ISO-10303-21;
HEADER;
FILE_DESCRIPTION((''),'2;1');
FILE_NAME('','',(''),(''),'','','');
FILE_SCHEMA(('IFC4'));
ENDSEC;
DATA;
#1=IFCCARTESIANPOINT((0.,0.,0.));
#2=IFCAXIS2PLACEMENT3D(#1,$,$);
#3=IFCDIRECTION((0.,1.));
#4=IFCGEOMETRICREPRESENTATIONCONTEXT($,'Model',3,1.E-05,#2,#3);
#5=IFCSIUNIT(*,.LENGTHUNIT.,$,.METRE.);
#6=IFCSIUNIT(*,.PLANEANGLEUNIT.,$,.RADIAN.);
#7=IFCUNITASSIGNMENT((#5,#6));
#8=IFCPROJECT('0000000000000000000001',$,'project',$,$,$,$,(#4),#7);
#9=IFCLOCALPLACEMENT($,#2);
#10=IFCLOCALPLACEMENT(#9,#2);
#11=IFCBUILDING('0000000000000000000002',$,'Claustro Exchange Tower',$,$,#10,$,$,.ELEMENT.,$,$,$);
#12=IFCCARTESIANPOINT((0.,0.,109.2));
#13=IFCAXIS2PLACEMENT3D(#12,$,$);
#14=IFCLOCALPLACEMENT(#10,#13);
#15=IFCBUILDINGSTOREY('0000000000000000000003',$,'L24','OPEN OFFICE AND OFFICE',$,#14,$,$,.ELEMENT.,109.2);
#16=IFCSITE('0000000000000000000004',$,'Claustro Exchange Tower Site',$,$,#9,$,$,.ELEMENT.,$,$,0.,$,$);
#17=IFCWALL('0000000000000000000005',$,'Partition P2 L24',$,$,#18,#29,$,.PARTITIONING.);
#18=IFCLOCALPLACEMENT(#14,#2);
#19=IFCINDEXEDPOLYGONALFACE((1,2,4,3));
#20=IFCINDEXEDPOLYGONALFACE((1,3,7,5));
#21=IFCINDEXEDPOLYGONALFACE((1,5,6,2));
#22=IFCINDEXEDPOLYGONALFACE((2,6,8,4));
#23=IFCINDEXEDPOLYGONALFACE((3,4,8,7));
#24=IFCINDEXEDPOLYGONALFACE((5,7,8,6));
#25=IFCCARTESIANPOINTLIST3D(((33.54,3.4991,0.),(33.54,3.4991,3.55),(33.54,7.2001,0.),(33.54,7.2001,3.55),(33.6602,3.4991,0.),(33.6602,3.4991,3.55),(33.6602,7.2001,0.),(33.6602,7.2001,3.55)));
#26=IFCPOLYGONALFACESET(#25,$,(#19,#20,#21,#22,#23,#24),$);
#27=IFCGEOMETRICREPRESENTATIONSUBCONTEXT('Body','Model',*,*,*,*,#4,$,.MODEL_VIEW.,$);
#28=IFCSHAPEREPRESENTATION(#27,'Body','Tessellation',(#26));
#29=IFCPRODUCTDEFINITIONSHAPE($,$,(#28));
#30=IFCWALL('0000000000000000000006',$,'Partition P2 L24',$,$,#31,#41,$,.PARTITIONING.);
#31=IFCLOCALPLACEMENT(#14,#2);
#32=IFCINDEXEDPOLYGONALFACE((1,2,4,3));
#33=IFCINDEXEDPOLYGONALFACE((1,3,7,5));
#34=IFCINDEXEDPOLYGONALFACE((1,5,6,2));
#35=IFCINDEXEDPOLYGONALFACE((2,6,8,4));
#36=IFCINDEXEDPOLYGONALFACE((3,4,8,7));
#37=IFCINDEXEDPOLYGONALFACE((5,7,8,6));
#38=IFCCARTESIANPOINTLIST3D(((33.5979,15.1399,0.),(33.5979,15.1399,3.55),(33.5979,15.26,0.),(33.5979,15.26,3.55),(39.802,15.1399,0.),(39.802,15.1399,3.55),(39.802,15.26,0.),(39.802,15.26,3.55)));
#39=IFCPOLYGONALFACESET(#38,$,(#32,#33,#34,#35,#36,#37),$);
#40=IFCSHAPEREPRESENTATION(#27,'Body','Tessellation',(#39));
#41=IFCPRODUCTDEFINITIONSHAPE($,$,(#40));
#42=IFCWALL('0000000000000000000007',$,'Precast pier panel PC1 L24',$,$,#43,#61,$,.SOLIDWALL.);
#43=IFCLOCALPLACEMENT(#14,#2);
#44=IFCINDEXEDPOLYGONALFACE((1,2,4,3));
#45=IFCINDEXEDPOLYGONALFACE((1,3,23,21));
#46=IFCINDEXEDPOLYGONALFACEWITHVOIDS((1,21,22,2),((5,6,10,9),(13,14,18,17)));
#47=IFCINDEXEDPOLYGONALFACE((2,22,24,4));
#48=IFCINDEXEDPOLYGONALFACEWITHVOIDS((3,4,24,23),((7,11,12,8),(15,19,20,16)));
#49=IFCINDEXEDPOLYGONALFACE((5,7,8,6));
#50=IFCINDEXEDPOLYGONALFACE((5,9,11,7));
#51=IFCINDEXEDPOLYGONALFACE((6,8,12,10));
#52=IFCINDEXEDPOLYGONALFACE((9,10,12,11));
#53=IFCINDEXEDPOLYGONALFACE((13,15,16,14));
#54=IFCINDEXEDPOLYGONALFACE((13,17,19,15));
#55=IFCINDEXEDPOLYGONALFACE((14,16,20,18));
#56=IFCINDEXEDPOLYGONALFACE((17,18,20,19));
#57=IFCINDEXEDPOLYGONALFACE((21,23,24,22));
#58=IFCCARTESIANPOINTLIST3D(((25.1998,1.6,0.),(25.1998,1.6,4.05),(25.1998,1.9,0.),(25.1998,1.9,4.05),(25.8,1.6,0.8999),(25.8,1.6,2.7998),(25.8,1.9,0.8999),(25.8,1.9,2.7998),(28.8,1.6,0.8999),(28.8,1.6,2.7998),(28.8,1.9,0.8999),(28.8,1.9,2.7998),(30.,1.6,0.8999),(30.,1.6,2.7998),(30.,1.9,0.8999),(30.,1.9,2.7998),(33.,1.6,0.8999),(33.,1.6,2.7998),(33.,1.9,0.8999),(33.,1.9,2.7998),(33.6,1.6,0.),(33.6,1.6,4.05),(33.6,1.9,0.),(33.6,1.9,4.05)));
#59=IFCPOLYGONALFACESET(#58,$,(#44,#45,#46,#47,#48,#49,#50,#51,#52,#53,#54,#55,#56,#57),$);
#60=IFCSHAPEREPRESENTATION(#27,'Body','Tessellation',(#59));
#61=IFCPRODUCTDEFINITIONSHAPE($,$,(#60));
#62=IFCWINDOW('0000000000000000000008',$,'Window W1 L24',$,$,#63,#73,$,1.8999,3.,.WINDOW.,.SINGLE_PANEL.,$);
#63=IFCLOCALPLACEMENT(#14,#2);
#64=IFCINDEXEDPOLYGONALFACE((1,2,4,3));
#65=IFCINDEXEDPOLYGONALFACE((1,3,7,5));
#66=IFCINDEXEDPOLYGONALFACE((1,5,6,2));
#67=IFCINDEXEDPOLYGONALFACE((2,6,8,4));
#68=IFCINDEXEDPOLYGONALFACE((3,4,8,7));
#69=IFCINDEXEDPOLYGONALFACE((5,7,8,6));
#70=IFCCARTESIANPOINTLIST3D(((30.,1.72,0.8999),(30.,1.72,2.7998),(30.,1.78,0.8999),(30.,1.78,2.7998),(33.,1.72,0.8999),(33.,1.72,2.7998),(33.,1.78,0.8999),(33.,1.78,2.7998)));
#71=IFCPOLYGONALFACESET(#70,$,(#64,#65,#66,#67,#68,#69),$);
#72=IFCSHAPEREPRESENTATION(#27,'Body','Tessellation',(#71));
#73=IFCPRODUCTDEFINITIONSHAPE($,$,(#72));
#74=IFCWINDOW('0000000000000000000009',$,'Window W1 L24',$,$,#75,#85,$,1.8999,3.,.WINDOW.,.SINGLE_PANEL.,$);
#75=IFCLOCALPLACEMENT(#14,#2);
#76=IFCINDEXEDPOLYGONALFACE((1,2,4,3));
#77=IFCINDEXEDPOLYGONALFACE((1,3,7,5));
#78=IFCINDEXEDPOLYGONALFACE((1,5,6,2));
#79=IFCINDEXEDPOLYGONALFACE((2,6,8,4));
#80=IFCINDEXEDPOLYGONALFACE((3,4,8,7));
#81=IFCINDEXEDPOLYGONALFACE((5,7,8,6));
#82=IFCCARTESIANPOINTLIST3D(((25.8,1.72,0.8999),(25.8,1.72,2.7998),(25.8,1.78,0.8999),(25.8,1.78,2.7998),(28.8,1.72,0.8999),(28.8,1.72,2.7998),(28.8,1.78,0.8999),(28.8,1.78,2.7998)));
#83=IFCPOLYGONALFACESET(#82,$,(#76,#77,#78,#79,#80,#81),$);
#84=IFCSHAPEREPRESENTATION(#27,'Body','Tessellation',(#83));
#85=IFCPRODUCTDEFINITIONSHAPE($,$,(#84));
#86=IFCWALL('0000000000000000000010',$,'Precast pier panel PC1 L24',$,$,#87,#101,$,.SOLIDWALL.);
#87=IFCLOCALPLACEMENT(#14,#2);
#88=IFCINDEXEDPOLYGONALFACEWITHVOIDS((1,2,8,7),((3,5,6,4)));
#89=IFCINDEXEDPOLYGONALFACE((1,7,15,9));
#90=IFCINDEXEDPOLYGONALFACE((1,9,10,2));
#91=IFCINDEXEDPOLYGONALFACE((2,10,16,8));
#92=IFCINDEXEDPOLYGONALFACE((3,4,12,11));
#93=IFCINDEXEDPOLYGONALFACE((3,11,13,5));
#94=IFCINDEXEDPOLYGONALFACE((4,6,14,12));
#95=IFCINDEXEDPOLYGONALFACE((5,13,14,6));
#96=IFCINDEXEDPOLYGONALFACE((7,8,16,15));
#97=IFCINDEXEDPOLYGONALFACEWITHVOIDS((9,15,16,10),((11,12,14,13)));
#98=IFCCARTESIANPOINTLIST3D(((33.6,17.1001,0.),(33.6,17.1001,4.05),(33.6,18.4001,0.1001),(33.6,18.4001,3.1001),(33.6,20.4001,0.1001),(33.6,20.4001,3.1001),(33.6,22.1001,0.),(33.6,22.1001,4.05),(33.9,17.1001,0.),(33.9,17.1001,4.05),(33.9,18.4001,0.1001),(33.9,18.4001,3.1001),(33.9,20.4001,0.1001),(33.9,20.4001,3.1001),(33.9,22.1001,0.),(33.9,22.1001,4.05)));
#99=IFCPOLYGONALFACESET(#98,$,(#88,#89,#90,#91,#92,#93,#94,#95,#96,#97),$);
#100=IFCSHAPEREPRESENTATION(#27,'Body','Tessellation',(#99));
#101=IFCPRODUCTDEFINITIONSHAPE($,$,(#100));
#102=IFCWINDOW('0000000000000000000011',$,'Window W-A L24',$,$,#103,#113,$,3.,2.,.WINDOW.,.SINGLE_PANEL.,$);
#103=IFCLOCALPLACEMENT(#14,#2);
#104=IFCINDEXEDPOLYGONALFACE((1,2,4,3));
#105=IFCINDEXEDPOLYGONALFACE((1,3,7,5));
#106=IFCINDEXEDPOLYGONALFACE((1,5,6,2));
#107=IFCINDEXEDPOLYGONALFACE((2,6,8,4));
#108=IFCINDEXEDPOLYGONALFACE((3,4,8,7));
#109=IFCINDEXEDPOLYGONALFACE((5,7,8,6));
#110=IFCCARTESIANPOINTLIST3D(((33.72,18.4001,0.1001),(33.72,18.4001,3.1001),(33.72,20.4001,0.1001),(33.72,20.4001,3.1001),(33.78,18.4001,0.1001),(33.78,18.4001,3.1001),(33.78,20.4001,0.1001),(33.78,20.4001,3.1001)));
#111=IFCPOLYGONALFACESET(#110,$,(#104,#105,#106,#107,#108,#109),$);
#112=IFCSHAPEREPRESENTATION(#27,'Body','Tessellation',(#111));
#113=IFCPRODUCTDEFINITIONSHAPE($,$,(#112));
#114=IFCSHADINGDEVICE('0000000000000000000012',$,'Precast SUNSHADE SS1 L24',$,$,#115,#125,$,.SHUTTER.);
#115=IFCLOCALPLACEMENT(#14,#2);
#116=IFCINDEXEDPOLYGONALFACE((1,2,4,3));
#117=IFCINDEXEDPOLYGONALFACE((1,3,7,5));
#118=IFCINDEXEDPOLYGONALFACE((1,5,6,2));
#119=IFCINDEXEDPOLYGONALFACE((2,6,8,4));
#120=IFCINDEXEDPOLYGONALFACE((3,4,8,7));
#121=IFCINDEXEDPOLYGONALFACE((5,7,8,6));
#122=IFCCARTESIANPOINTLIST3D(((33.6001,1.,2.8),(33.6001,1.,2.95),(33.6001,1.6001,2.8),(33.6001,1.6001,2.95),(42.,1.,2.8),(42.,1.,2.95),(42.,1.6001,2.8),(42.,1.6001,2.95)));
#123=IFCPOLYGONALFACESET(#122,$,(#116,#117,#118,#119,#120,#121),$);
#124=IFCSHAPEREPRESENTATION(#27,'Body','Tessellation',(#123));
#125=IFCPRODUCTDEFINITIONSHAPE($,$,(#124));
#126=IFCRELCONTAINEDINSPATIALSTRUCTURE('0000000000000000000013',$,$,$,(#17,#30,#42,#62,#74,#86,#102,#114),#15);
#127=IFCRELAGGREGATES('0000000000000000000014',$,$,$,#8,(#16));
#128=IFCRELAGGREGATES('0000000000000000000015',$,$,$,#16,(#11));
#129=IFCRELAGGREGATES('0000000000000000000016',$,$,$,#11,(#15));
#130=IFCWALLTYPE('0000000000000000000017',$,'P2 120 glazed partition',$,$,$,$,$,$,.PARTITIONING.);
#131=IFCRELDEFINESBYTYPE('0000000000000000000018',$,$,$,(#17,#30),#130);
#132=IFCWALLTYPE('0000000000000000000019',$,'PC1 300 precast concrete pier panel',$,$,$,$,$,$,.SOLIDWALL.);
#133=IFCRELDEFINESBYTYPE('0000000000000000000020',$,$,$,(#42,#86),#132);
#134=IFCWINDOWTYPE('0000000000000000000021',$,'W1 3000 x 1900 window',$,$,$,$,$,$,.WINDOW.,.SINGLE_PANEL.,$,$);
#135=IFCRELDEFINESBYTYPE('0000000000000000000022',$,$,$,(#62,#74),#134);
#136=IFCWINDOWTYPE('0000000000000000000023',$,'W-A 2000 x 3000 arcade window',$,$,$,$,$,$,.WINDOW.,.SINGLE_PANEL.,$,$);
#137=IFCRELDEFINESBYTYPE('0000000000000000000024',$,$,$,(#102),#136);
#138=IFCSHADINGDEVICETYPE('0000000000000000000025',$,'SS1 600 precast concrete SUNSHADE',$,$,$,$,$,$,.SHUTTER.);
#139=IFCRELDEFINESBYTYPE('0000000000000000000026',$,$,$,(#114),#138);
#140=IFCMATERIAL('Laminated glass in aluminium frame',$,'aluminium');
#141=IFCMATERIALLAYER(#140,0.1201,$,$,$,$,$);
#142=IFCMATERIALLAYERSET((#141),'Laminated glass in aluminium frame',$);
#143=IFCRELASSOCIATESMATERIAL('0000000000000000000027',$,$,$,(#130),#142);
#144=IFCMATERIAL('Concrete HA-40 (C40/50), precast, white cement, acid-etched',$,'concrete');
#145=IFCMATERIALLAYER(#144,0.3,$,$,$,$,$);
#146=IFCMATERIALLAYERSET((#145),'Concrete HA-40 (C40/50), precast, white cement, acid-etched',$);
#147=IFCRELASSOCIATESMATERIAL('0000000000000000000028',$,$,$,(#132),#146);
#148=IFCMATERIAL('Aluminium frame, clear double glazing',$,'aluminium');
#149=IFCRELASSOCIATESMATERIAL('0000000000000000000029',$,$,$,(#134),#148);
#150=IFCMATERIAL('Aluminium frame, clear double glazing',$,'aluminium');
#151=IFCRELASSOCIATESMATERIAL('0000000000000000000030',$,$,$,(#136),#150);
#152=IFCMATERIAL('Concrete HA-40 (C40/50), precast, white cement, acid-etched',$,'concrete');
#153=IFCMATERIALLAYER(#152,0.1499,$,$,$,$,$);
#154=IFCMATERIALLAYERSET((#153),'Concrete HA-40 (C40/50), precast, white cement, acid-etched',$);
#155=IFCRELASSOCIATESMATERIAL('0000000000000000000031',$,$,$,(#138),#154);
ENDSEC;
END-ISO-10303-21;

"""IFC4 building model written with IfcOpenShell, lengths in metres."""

from ifc_helpers import new_model, si_unit, direction, frame, frame_2d, origin, origin_2d, place, context, subcontext, project, spatial, rectangle, extrude, material, layer, layer_set, type_object, element, fill, save


model = new_model("IFC4")

# Units and contexts
model_context = context("Model", 3, precision=1e-05, world=origin(), true_north=direction((0.0, 1.0)))
body_context = subcontext(model_context, "Body", "Model", "MODEL_VIEW")
ifc_project = project(units=[si_unit("LENGTHUNIT", "METRE"), si_unit("PLANEANGLEUNIT", "RADIAN")], contexts=[model_context])

# Site, building, storey
site_placement = place(None, origin())
site = spatial("IfcSite", under=ifc_project, at=site_placement, Name="Claustro Exchange Tower Site", CompositionType="ELEMENT", RefElevation=0.0)
building_placement = place(site_placement, origin())
building = spatial("IfcBuilding", under=site, at=building_placement, Name="Claustro Exchange Tower", CompositionType="ELEMENT")
storey_placement = place(building_placement, frame((0.0, 0.0, 109.2)))
storey = spatial("IfcBuildingStorey", under=building, at=storey_placement, Name="L24", Description="OPEN OFFICE AND OFFICE", CompositionType="ELEMENT", Elevation=109.2)

# Shared definitions
ifc_material_1 = material(Name="Laminated glass in aluminium frame", Category="aluminium")
ifc_layer_1 = layer(ifc_material_1, 0.1201)
ifc_layer_set_1 = layer_set([ifc_layer_1], Name="Laminated glass in aluminium frame")
wall_type_1 = type_object("IfcWallType", Name="P2 120 glazed partition", PredefinedType="PARTITIONING", material=ifc_layer_set_1)

# Walls
wall_1_placement = place(storey_placement, frame((33.6001, 3.499, 0.0), z_axis=(0.0, 0.0, 1.0), x_axis=(0.0, 1.0, 0.0)))
element("IfcWall", 1, at=wall_1_placement, inside=storey, type_object=wall_type_1, Name="Partition P2 L24", PredefinedType="PARTITIONING", context=body_context, shape_type="SweptSolid", body=[
    extrude(rectangle(XDim=3.7009, YDim=0.1201, at=frame_2d((1.8506, 0.0))), origin(), (0.0, 0.0, 1.0), 3.55),
])
wall_2_placement = place(storey_placement, frame((33.5979, 15.2, 0.0), z_axis=(0.0, 0.0, 1.0), x_axis=(1.0, 0.0, 0.0)))
element("IfcWall", 2, at=wall_2_placement, inside=storey, type_object=wall_type_1, Name="Partition P2 L24", PredefinedType="PARTITIONING", context=body_context, shape_type="SweptSolid", body=[
    extrude(rectangle(XDim=6.2041, YDim=0.1201, at=frame_2d((3.1021, 0.0))), origin(), (0.0, 0.0, 1.0), 3.55),
])

# Wall, openings, windows
ifc_material_2 = material(Name="Concrete HA-40 (C40/50), precast, white cement, acid-etched", Category="concrete")
ifc_layer_2 = layer(ifc_material_2, 0.3)
ifc_layer_set_2 = layer_set([ifc_layer_2], Name="Concrete HA-40 (C40/50), precast, white cement, acid-etched")
wall_type_2 = type_object("IfcWallType", Name="PC1 300 precast concrete pier panel", PredefinedType="SOLIDWALL", material=ifc_layer_set_2)
wall_3_placement = place(storey_placement, frame((33.6001, 1.75, 0.0), z_axis=(0.0, 0.0, 1.0), x_axis=(-1.0, 0.0, 0.0)))
wall_3 = element("IfcWall", 3, at=wall_3_placement, inside=storey, type_object=wall_type_2, Name="Precast pier panel PC1 L24", PredefinedType="SOLIDWALL", context=body_context, shape_type="SweptSolid", body=[
    extrude(rectangle(XDim=8.4001, YDim=0.3, at=frame_2d((4.2002, 0.0))), origin(), (0.0, 0.0, 1.0), 4.05),
])
opening_1_placement = place(wall_3_placement, frame((0.6001, 0.0, 0.8999)))
opening_1 = element("IfcOpeningElement", 4, at=opening_1_placement, cuts=wall_3, PredefinedType="OPENING", context=body_context, shape_type="SweptSolid", body=[
    extrude(rectangle(XDim=3.0, YDim=1.8999, at=frame_2d((1.5, 0.95))), frame((0.0, 0.1599, 0.0), z_axis=(0.0, -1.0, 0.0), x_axis=(1.0, 0.0, 0.0)), (0.0, 0.0, 1.0), 0.3201),
])
opening_2_placement = place(wall_3_placement, frame((4.8, 0.0, 0.8999)))
opening_2 = element("IfcOpeningElement", 5, at=opening_2_placement, cuts=wall_3, PredefinedType="OPENING", context=body_context, shape_type="SweptSolid", body=[
    extrude(rectangle(XDim=3.0, YDim=1.8999, at=frame_2d((1.5, 0.95))), frame((0.0, 0.1599, 0.0), z_axis=(0.0, -1.0, 0.0), x_axis=(1.0, 0.0, 0.0)), (0.0, 0.0, 1.0), 0.3201),
])
ifc_material_3 = material(Name="Aluminium frame, clear double glazing", Category="aluminium")
window_type_1 = type_object("IfcWindowType", Name="W1 3000 x 1900 window", PartitioningType="SINGLE_PANEL", PredefinedType="WINDOW", material=ifc_material_3)
window_1_placement = place(opening_1_placement, origin())
window_1 = element("IfcWindow", 6, at=window_1_placement, inside=storey, type_object=window_type_1, Name="Window W1 L24", OverallHeight=1.8999, OverallWidth=3.0, PartitioningType="SINGLE_PANEL", PredefinedType="WINDOW", context=body_context, shape_type="SweptSolid", body=[
    extrude(rectangle(XDim=3.0, YDim=1.8999, at=frame_2d((1.5, 0.95))), frame((0.0, 0.03, 0.0), z_axis=(0.0, -1.0, 0.0), x_axis=(1.0, 0.0, 0.0)), (0.0, 0.0, 1.0), 0.0601),
])
fill(opening_1, window_1)
window_2_placement = place(opening_2_placement, origin())
window_2 = element("IfcWindow", 7, at=window_2_placement, inside=storey, type_object=window_type_1, Name="Window W1 L24", OverallHeight=1.8999, OverallWidth=3.0, PartitioningType="SINGLE_PANEL", PredefinedType="WINDOW", context=body_context, shape_type="SweptSolid", body=[
    extrude(rectangle(XDim=3.0, YDim=1.8999, at=frame_2d((1.5, 0.95))), frame((0.0, 0.03, 0.0), z_axis=(0.0, -1.0, 0.0), x_axis=(1.0, 0.0, 0.0)), (0.0, 0.0, 1.0), 0.0601),
])
fill(opening_2, window_2)

# Wall, opening, window
wall_4_placement = place(storey_placement, frame((33.75, 17.1001, 0.0), z_axis=(0.0, 0.0, 1.0), x_axis=(0.0, 1.0, 0.0)))
wall_4 = element("IfcWall", 8, at=wall_4_placement, inside=storey, type_object=wall_type_2, Name="Precast pier panel PC1 L24", PredefinedType="SOLIDWALL", context=body_context, shape_type="SweptSolid", body=[
    extrude(rectangle(XDim=5.0, YDim=0.3, at=frame_2d((2.5, 0.0))), origin(), (0.0, 0.0, 1.0), 4.05),
])
opening_3_placement = place(wall_4_placement, frame((1.3, 0.0, 0.1001)))
opening_3 = element("IfcOpeningElement", 9, at=opening_3_placement, cuts=wall_4, PredefinedType="OPENING", context=body_context, shape_type="SweptSolid", body=[
    extrude(rectangle(XDim=2.0, YDim=3.0, at=frame_2d((1.0, 1.5))), frame((0.0, 0.1599, 0.0), z_axis=(0.0, -1.0, 0.0), x_axis=(1.0, 0.0, 0.0)), (0.0, 0.0, 1.0), 0.3201),
])
ifc_material_4 = material(Name="Aluminium frame, clear double glazing", Category="aluminium")
window_type_2 = type_object("IfcWindowType", Name="W-A 2000 x 3000 arcade window", PartitioningType="SINGLE_PANEL", PredefinedType="WINDOW", material=ifc_material_4)
window_3_placement = place(opening_3_placement, origin())
window_3 = element("IfcWindow", 10, at=window_3_placement, inside=storey, type_object=window_type_2, Name="Window W-A L24", OverallHeight=3.0, OverallWidth=2.0, PartitioningType="SINGLE_PANEL", PredefinedType="WINDOW", context=body_context, shape_type="SweptSolid", body=[
    extrude(rectangle(XDim=2.0, YDim=3.0, at=frame_2d((1.0, 1.5))), frame((0.0, 0.03, 0.0), z_axis=(0.0, -1.0, 0.0), x_axis=(1.0, 0.0, 0.0)), (0.0, 0.0, 1.0), 0.0601),
])
fill(opening_3, window_3)

# Shading device
ifc_material_5 = material(Name="Concrete HA-40 (C40/50), precast, white cement, acid-etched", Category="concrete")
ifc_layer_3 = layer(ifc_material_5, 0.1499)
ifc_layer_set_3 = layer_set([ifc_layer_3], Name="Concrete HA-40 (C40/50), precast, white cement, acid-etched")
shading_device_type = type_object("IfcShadingDeviceType", Name="SS1 600 precast concrete SUNSHADE", PredefinedType="SHUTTER", material=ifc_layer_set_3)
shading_device_placement = place(storey_placement, frame((37.8, 1.3, 2.8), z_axis=(0.0, 0.0, 1.0), x_axis=(-1.0, 0.0, 0.0)))
element("IfcShadingDevice", 11, at=shading_device_placement, inside=storey, type_object=shading_device_type, Name="Precast SUNSHADE SS1 L24", PredefinedType="SHUTTER", context=body_context, shape_type="SweptSolid", body=[
    extrude(rectangle(XDim=8.3999, YDim=0.6001, at=origin_2d()), origin(), (0.0, 0.0, 1.0), 0.1499),
])

save(model, "model.ifc")
